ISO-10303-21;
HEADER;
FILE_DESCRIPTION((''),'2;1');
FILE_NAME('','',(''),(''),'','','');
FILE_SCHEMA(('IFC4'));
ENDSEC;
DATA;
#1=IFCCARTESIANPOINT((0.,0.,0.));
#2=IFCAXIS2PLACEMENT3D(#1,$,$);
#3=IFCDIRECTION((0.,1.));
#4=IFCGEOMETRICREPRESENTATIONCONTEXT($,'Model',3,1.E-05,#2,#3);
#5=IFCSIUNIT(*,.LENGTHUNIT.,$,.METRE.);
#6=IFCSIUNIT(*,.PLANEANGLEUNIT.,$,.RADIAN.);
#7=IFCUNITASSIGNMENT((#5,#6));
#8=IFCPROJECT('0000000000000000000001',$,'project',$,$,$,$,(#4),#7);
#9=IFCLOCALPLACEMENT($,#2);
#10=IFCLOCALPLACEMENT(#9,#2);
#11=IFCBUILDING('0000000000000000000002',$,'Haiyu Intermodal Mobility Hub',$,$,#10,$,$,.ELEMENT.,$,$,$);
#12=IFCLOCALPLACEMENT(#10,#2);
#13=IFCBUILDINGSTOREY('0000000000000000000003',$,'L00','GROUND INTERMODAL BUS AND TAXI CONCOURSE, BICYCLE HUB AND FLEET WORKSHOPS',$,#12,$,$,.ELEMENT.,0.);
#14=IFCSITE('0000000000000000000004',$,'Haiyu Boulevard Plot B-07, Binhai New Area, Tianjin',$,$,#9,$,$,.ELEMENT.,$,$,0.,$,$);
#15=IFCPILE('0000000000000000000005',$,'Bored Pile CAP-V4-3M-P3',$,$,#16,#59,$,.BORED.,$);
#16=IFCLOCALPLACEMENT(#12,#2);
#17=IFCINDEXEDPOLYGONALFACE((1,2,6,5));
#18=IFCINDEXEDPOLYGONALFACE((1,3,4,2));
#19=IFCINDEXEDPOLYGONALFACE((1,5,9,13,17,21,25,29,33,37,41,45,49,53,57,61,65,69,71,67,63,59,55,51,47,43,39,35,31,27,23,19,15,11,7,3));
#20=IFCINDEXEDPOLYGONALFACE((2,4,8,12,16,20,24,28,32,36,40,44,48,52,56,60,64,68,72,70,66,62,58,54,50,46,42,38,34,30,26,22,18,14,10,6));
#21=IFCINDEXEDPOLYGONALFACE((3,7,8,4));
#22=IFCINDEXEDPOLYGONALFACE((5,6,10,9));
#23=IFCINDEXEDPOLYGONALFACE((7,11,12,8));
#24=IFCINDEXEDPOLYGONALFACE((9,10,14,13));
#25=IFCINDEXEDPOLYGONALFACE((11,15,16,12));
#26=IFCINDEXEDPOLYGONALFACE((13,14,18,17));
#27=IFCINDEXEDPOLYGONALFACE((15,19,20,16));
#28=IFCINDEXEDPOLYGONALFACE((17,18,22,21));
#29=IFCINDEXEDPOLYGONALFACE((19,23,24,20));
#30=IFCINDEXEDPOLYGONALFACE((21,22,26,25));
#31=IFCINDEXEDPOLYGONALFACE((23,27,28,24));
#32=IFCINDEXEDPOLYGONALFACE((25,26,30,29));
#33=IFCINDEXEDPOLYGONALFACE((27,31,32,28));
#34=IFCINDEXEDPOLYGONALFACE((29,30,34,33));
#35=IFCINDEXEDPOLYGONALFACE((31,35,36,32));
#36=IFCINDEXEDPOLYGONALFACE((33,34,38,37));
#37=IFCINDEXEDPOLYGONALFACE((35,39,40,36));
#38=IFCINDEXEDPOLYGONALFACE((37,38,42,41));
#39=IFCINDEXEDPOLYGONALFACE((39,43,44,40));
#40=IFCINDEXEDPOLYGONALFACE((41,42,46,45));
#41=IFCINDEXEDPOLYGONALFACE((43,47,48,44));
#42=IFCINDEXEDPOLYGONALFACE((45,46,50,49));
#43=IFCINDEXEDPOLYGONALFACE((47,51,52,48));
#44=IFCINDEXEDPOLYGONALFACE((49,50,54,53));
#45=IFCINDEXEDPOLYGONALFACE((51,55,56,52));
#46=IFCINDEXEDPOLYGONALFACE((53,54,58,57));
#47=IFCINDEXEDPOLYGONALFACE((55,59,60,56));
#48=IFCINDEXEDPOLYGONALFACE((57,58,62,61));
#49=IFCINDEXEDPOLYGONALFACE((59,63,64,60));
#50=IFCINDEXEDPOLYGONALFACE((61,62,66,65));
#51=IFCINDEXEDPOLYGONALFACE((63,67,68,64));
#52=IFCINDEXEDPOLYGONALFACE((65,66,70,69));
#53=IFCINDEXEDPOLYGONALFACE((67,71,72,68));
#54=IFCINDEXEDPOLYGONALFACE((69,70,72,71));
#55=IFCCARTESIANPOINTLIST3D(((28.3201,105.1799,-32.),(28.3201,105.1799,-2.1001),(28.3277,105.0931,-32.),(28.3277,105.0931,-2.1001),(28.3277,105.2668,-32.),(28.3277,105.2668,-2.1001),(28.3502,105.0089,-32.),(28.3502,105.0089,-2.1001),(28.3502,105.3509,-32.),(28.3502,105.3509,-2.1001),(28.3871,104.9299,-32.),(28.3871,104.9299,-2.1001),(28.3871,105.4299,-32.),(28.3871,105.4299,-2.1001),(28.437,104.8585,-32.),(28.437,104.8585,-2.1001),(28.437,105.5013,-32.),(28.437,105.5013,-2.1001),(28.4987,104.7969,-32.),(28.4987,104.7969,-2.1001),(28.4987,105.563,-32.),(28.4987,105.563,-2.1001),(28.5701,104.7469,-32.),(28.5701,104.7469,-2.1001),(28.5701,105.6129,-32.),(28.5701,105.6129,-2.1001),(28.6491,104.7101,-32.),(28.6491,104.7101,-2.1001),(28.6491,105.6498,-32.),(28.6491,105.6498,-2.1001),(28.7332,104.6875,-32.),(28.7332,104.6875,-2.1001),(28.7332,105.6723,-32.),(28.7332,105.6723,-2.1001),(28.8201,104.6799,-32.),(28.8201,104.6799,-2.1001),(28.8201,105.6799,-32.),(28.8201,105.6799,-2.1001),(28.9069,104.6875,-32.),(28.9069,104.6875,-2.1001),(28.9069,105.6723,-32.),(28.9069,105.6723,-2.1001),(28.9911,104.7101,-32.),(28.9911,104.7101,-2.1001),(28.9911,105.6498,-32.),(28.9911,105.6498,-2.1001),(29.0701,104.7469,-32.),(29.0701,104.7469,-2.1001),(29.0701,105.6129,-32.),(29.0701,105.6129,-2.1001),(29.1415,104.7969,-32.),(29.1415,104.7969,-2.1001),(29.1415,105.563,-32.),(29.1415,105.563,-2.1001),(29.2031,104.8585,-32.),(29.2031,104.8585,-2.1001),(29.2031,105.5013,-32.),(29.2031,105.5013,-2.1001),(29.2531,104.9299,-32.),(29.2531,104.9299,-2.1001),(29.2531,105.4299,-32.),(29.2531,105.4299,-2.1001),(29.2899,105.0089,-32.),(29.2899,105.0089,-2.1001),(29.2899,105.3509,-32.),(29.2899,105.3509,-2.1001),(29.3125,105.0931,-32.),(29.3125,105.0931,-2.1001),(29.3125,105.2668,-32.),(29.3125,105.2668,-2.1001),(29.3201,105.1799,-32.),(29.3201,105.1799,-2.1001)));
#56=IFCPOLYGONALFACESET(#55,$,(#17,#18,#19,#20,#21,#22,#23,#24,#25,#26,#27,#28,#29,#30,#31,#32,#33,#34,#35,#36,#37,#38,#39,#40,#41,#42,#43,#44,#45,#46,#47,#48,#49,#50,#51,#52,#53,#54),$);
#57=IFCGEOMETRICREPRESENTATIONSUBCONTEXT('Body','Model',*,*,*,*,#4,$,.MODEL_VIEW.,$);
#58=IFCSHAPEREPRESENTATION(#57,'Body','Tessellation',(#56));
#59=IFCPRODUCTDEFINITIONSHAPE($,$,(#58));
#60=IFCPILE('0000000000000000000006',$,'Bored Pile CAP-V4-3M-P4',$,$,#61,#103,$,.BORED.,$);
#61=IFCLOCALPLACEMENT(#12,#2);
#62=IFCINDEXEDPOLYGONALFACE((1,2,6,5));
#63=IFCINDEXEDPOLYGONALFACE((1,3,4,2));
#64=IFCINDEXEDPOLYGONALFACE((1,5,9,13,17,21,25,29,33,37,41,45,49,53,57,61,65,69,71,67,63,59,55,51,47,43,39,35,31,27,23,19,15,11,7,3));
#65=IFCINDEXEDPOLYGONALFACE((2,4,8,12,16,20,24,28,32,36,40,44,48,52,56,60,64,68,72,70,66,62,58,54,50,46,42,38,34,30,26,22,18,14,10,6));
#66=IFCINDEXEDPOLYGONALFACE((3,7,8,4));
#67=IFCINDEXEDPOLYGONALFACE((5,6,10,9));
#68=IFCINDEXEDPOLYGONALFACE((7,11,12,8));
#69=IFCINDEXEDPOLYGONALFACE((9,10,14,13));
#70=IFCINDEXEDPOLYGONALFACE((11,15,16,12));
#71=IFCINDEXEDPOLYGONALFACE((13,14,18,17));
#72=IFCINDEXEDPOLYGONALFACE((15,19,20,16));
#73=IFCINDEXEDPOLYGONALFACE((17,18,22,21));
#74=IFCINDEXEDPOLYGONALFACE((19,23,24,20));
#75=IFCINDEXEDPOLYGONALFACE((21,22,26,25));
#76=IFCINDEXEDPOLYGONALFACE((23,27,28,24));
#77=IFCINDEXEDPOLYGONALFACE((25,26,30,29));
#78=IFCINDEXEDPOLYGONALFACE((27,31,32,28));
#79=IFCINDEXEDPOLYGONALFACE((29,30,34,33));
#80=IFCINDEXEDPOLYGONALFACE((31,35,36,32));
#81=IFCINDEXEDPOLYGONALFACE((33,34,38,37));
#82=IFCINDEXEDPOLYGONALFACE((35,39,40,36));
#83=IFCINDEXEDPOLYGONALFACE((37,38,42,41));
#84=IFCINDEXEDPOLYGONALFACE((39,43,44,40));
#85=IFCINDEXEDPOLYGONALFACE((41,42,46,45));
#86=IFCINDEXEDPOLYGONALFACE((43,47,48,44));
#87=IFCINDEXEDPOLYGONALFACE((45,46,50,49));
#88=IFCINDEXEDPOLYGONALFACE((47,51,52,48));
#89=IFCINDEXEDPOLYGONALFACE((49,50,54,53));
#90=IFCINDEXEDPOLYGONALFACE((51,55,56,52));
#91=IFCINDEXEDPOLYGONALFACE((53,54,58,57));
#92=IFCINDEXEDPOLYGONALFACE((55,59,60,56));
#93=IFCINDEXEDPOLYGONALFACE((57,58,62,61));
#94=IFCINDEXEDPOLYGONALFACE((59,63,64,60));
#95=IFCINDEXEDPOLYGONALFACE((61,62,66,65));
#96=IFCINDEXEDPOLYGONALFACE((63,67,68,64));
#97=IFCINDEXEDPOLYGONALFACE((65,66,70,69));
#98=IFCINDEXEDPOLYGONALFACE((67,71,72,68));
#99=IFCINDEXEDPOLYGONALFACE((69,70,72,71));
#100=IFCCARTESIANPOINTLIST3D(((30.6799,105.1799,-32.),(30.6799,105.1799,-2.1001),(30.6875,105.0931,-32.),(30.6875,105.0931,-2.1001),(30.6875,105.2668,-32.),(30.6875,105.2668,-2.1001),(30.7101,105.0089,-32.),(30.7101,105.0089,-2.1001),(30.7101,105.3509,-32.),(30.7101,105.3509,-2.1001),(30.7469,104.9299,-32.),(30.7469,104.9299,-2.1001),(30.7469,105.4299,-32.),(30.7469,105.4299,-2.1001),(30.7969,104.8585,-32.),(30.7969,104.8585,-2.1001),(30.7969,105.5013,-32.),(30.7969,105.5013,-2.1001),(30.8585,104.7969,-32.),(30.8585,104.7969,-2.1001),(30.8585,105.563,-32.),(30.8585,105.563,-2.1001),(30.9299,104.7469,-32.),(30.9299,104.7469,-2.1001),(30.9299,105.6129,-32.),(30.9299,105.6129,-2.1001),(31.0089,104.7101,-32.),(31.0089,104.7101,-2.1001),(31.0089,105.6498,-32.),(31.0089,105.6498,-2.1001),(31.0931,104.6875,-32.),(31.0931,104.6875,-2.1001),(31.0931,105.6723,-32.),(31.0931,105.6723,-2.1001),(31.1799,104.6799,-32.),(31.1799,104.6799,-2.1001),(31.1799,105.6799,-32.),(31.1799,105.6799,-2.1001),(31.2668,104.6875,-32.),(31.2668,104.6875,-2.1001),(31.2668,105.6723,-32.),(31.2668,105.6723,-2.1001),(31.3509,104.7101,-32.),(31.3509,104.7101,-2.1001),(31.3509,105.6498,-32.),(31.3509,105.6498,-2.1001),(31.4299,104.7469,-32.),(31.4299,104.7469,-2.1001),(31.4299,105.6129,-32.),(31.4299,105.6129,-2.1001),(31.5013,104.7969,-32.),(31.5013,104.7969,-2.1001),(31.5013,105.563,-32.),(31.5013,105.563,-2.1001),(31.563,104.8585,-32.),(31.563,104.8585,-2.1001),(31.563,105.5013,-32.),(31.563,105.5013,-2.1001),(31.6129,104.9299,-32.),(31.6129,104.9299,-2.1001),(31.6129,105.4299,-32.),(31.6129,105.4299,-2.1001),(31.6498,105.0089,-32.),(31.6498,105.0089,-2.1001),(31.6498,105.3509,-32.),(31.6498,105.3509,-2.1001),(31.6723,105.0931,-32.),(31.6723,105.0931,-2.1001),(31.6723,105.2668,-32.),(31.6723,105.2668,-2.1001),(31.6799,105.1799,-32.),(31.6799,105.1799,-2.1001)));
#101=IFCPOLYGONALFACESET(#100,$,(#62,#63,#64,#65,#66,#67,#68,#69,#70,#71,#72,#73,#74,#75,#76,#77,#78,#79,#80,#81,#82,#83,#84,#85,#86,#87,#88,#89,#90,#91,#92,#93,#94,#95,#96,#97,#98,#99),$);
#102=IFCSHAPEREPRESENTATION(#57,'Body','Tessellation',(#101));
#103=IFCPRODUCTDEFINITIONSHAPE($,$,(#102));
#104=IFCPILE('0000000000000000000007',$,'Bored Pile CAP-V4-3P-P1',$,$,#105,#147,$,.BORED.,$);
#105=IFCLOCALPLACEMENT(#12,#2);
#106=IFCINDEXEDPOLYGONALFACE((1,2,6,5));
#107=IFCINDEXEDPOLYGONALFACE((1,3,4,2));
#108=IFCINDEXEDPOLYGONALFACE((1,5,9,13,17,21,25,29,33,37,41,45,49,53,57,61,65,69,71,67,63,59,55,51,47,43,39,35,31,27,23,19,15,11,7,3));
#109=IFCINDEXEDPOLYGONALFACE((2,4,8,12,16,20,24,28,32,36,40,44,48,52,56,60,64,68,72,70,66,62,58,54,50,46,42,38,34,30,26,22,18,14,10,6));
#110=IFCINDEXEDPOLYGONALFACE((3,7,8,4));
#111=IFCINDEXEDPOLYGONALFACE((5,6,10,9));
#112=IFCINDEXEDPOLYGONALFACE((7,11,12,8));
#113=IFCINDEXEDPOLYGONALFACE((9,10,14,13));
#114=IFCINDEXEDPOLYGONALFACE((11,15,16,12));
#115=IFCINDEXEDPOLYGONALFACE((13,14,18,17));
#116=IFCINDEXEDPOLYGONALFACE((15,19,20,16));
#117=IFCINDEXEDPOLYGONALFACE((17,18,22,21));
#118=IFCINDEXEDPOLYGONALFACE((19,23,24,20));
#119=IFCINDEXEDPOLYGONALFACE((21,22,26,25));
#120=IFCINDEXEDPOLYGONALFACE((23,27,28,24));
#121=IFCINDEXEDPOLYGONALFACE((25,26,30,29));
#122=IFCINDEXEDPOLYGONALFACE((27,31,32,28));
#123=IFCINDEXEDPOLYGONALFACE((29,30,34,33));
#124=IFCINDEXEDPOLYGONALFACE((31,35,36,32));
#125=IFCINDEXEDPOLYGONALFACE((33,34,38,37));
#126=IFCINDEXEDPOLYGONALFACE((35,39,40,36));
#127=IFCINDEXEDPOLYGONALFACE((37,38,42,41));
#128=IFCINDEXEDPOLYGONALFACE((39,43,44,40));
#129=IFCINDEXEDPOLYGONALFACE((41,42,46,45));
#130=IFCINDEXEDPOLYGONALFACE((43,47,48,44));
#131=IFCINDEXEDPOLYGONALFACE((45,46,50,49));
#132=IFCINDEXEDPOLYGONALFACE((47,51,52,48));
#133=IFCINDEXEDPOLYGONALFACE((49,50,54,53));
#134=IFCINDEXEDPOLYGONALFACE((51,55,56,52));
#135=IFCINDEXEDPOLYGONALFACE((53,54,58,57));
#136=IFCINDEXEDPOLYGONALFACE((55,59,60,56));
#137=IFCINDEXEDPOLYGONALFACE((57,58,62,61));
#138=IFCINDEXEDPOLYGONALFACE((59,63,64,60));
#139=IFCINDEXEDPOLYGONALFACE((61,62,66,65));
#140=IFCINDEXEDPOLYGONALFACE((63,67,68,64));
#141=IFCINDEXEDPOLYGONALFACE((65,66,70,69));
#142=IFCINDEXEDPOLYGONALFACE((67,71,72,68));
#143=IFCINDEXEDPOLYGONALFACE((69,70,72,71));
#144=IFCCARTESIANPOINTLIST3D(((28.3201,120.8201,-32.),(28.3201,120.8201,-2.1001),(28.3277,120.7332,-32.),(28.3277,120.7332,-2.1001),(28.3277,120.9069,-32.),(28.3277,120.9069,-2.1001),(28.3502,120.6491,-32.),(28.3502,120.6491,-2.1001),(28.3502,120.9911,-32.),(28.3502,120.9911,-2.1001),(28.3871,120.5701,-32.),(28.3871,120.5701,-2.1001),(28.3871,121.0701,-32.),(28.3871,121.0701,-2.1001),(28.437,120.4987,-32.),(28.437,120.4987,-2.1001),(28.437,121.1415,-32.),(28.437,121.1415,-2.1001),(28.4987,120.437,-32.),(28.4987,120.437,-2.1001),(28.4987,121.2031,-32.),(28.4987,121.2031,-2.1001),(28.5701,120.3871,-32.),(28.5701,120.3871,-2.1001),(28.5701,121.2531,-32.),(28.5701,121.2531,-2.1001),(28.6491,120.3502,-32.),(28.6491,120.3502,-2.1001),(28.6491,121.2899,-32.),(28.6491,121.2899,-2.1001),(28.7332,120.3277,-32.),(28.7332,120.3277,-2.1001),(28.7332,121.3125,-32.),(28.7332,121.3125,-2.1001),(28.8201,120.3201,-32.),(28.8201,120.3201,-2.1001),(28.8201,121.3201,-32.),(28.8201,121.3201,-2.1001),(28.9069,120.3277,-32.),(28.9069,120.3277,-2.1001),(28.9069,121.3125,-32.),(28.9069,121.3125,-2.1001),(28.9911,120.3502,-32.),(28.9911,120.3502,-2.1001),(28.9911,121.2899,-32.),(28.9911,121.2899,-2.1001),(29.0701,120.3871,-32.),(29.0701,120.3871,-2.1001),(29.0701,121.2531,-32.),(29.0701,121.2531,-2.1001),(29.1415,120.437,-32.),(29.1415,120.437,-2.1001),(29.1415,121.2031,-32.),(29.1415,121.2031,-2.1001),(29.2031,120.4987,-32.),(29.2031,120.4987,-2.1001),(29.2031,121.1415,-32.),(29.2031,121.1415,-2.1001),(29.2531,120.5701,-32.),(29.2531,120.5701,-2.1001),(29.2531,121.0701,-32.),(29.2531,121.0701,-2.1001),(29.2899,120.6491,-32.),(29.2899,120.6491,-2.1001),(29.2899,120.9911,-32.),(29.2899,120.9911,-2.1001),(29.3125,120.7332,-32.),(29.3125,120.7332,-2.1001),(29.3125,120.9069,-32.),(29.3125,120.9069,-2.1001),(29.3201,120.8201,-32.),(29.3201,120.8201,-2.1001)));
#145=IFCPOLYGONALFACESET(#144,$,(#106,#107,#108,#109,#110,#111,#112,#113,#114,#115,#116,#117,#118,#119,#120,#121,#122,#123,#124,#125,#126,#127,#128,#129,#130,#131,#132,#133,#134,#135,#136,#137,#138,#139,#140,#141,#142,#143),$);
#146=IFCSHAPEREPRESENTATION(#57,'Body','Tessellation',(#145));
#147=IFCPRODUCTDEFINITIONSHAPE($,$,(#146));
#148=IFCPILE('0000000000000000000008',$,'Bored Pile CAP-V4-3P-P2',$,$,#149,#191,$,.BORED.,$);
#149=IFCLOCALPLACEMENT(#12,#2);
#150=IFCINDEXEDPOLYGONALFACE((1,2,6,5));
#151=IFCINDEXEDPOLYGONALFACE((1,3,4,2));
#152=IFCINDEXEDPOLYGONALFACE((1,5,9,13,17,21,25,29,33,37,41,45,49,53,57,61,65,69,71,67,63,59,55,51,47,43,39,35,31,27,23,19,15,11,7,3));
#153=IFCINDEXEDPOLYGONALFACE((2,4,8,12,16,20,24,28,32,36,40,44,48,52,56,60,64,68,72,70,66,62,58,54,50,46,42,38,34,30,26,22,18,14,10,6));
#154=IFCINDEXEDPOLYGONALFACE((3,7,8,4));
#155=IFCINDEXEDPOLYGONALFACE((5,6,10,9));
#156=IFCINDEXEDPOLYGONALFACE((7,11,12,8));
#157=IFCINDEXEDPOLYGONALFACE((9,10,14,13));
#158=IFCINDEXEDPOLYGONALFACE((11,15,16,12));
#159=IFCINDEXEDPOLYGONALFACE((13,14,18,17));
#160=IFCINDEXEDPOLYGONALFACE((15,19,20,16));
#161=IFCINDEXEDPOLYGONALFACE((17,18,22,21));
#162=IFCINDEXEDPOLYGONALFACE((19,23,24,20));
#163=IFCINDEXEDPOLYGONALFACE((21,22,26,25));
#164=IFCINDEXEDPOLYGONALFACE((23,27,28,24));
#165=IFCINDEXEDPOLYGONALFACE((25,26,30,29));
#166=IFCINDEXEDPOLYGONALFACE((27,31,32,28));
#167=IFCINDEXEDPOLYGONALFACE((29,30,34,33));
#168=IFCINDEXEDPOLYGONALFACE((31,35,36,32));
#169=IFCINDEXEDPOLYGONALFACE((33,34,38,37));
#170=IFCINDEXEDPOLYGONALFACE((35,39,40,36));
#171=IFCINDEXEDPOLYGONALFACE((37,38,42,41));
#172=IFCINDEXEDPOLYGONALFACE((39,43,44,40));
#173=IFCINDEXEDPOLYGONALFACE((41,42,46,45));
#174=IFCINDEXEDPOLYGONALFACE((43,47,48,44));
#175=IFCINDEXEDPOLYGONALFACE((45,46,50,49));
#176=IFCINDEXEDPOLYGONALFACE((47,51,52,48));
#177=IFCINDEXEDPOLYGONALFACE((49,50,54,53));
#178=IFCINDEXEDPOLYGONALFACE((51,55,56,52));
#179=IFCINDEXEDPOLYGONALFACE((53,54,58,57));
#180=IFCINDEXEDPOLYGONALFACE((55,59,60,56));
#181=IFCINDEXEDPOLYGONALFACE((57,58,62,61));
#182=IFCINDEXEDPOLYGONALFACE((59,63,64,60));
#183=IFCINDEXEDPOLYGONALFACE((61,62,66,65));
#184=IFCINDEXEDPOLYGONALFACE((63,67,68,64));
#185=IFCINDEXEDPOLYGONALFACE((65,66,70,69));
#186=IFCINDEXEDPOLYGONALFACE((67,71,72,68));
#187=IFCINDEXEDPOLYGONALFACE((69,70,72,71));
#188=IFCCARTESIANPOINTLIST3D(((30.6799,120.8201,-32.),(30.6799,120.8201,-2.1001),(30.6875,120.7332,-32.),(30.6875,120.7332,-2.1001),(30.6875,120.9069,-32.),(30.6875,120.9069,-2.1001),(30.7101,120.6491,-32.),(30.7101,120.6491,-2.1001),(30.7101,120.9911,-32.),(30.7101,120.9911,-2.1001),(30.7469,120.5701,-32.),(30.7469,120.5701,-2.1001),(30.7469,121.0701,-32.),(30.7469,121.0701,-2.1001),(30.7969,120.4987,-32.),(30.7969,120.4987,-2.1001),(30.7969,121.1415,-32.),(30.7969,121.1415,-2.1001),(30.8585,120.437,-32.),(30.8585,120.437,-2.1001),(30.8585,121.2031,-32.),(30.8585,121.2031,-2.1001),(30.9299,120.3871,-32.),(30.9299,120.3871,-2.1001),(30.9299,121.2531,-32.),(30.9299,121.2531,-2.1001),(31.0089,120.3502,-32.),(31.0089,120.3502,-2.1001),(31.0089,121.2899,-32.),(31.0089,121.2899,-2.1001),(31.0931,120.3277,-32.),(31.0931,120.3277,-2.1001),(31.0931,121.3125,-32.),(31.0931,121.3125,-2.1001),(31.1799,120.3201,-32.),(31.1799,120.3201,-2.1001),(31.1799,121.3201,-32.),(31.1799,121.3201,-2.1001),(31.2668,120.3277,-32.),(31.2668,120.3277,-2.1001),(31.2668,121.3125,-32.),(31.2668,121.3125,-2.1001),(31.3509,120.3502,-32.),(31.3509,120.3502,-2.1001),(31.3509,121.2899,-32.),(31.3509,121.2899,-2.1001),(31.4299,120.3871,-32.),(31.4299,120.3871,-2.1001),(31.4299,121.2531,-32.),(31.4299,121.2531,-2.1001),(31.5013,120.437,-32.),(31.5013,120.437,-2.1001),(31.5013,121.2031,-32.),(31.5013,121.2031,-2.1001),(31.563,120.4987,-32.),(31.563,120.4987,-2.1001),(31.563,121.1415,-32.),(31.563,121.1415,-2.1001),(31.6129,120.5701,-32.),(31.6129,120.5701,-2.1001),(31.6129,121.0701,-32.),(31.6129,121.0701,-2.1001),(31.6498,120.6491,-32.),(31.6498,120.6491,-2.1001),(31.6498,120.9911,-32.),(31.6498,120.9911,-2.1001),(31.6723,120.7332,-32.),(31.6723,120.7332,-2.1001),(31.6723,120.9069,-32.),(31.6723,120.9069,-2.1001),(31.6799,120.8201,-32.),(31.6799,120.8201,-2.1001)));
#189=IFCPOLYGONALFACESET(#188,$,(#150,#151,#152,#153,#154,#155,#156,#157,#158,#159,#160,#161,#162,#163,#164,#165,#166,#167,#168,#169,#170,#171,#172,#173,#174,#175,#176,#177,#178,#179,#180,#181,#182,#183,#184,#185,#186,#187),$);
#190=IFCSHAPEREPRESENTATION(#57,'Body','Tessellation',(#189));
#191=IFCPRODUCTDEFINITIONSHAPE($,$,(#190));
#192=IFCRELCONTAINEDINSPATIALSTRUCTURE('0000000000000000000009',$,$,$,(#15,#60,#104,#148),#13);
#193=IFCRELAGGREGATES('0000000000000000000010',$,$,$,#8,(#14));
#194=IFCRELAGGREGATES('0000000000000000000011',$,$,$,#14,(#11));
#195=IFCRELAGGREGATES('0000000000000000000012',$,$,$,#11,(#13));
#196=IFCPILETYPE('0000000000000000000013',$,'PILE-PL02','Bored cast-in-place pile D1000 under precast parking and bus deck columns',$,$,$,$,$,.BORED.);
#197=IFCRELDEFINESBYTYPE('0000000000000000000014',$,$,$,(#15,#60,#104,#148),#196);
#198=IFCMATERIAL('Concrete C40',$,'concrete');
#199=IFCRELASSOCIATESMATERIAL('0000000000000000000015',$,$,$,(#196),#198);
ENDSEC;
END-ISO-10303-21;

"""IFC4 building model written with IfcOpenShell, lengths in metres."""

from ifc_helpers import new_model, si_unit, direction, frame, origin, origin_2d, place, context, subcontext, project, spatial, circle, extrude, material, material_profile, profile_set, type_object, element, save


model = new_model("IFC4")

# Units and contexts
model_context = context("Model", 3, precision=1e-05, world=origin(), true_north=direction((0.0, 1.0)))
body_context = subcontext(model_context, "Body", "Model", "MODEL_VIEW")
ifc_project = project(units=[si_unit("LENGTHUNIT", "METRE"), si_unit("PLANEANGLEUNIT", "RADIAN")], contexts=[model_context])

# Site, building, storey
site_placement = place(None, origin())
site = spatial("IfcSite", under=ifc_project, at=site_placement, Name="Haiyu Boulevard Plot B-07, Binhai New Area, Tianjin", CompositionType="ELEMENT", RefElevation=0.0)
building_placement = place(site_placement, origin())
building = spatial("IfcBuilding", under=site, at=building_placement, Name="Haiyu Intermodal Mobility Hub", CompositionType="ELEMENT")
storey_placement = place(building_placement, origin())
storey = spatial("IfcBuildingStorey", under=building, at=storey_placement, Name="L00", Description="GROUND INTERMODAL BUS AND TAXI CONCOURSE, BICYCLE HUB AND FLEET WORKSHOPS", CompositionType="ELEMENT", Elevation=0.0)

# Shared definitions
ifc_material_1 = material(Name="Concrete C40", Category="concrete")

# Piles
ifc_material_profile_1 = material_profile(ifc_material_1, circle(Radius=0.5, at=origin_2d()), Name="PILE-D1000")
ifc_profile_set_1 = profile_set([ifc_material_profile_1], Name="Concrete C40")
pile_type = type_object("IfcPileType", Name="PILE-PL02", Description="Bored cast-in-place pile D1000 under precast parking and bus deck columns", PredefinedType="BORED", material=ifc_profile_set_1)
for number, where, z_axis, x_axis, name in (
    (1, (28.8201, 105.1799, -2.1001), (0.0, 0.0, -1.0), (1.0, 0.0, 0.0), "Bored Pile CAP-V4-3M-P3"),
    (2, (31.1799, 105.1799, -2.1001), (0.0, 0.0, -1.0), (1.0, 0.0, 0.0), "Bored Pile CAP-V4-3M-P4"),
    (3, (28.8201, 120.8201, -2.1001), (0.0, 0.0, -1.0), (1.0, 0.0, 0.0), "Bored Pile CAP-V4-3P-P1"),
    (4, (31.1799, 120.8201, -2.1001), (0.0, 0.0, -1.0), (1.0, 0.0, 0.0), "Bored Pile CAP-V4-3P-P2"),
):
    element("IfcPile", number, at=place(storey_placement, frame(where, z_axis=z_axis, x_axis=x_axis)), inside=storey, type_object=pile_type, Name=name, PredefinedType="BORED", context=body_context, shape_type="SweptSolid", body=[
        extrude(circle(Radius=0.5, at=origin_2d()), origin(), (0.0, 0.0, 1.0), 29.8999),
    ])

save(model, "model.ifc")
